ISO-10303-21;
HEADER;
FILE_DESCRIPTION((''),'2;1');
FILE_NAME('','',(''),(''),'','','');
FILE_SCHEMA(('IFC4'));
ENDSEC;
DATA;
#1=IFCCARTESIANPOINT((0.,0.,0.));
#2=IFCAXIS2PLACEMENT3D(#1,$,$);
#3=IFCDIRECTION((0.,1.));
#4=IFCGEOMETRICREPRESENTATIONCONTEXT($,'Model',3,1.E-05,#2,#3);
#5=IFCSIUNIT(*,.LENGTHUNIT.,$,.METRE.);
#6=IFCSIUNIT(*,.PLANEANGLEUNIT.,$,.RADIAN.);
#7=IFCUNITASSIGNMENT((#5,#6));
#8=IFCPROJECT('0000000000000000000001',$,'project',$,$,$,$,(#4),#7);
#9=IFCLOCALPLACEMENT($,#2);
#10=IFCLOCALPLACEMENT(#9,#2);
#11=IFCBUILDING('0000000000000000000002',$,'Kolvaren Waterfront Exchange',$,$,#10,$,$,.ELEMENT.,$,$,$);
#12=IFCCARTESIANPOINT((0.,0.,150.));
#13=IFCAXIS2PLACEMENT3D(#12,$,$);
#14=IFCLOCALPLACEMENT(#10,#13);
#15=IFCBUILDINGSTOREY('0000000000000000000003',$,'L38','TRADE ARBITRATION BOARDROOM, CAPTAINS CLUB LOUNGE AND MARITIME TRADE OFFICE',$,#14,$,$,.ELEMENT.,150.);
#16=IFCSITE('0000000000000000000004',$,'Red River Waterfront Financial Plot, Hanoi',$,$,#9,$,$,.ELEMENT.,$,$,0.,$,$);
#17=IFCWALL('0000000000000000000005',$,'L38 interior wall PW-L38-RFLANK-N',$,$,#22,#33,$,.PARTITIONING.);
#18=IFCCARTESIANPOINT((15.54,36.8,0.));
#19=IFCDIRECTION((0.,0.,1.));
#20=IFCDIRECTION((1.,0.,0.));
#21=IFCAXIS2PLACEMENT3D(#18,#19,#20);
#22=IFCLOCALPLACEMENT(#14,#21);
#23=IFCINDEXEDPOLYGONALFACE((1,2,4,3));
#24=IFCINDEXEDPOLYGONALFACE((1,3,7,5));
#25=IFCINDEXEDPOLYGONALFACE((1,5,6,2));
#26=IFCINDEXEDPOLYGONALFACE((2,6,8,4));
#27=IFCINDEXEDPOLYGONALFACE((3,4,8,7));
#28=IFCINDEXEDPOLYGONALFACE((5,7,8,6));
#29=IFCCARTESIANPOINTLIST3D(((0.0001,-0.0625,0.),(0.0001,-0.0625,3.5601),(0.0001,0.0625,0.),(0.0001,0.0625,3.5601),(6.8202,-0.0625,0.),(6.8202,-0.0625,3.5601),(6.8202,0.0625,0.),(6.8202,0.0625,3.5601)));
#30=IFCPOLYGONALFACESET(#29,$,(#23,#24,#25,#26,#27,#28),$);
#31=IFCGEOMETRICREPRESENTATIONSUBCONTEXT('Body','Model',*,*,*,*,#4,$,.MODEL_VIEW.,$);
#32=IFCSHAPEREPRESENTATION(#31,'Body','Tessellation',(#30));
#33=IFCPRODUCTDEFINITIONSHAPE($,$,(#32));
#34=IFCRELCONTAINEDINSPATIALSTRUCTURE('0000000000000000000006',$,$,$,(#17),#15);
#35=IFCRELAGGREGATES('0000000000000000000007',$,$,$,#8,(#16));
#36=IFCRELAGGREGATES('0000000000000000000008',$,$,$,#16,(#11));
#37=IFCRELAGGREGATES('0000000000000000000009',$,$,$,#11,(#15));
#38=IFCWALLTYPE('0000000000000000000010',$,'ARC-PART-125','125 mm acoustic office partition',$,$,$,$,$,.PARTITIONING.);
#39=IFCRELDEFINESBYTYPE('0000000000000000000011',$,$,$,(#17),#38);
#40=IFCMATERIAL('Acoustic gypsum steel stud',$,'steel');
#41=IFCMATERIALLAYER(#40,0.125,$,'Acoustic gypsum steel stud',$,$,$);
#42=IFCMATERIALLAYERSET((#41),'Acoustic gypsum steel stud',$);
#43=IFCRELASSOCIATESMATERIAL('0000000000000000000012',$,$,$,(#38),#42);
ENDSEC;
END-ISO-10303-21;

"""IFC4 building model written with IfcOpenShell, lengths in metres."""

from ifc_helpers import new_model, si_unit, direction, frame, frame_2d, origin, place, context, subcontext, project, spatial, rectangle, extrude, material, layer, layer_set, type_object, element, save


model = new_model("IFC4")

# Units and contexts
model_context = context("Model", 3, precision=1e-05, world=origin(), true_north=direction((0.0, 1.0)))
body_context = subcontext(model_context, "Body", "Model", "MODEL_VIEW")
ifc_project = project(units=[si_unit("LENGTHUNIT", "METRE"), si_unit("PLANEANGLEUNIT", "RADIAN")], contexts=[model_context])

# Site, building, storey
site_placement = place(None, origin())
site = spatial("IfcSite", under=ifc_project, at=site_placement, Name="Red River Waterfront Financial Plot, Hanoi", CompositionType="ELEMENT", RefElevation=0.0)
building_placement = place(site_placement, origin())
building = spatial("IfcBuilding", under=site, at=building_placement, Name="Kolvaren Waterfront Exchange", CompositionType="ELEMENT")
storey_placement = place(building_placement, frame((0.0, 0.0, 150.0)))
storey = spatial("IfcBuildingStorey", under=building, at=storey_placement, Name="L38", Description="TRADE ARBITRATION BOARDROOM, CAPTAINS CLUB LOUNGE AND MARITIME TRADE OFFICE", CompositionType="ELEMENT", Elevation=150.0)

# Wall
ifc_material_1 = material(Name="Acoustic gypsum steel stud", Category="steel")
ifc_layer_1 = layer(ifc_material_1, 0.125, Name="Acoustic gypsum steel stud")
ifc_layer_set_1 = layer_set([ifc_layer_1], Name="Acoustic gypsum steel stud")
wall_type_1 = type_object("IfcWallType", Name="ARC-PART-125", Description="125 mm acoustic office partition", PredefinedType="PARTITIONING", material=ifc_layer_set_1)
wall_1_placement = place(storey_placement, frame((15.54, 36.8, 0.0), z_axis=(0.0, 0.0, 1.0), x_axis=(1.0, 0.0, 0.0)))
element("IfcWall", 1, at=wall_1_placement, inside=storey, type_object=wall_type_1, Name="L38 interior wall PW-L38-RFLANK-N", PredefinedType="PARTITIONING", context=body_context, shape_type="SweptSolid", body=[
    extrude(rectangle(XDim=6.8201, YDim=0.125, at=frame_2d((3.4102, 0.0))), origin(), (0.0, 0.0, 1.0), 3.5601),
])

save(model, "model.ifc")
